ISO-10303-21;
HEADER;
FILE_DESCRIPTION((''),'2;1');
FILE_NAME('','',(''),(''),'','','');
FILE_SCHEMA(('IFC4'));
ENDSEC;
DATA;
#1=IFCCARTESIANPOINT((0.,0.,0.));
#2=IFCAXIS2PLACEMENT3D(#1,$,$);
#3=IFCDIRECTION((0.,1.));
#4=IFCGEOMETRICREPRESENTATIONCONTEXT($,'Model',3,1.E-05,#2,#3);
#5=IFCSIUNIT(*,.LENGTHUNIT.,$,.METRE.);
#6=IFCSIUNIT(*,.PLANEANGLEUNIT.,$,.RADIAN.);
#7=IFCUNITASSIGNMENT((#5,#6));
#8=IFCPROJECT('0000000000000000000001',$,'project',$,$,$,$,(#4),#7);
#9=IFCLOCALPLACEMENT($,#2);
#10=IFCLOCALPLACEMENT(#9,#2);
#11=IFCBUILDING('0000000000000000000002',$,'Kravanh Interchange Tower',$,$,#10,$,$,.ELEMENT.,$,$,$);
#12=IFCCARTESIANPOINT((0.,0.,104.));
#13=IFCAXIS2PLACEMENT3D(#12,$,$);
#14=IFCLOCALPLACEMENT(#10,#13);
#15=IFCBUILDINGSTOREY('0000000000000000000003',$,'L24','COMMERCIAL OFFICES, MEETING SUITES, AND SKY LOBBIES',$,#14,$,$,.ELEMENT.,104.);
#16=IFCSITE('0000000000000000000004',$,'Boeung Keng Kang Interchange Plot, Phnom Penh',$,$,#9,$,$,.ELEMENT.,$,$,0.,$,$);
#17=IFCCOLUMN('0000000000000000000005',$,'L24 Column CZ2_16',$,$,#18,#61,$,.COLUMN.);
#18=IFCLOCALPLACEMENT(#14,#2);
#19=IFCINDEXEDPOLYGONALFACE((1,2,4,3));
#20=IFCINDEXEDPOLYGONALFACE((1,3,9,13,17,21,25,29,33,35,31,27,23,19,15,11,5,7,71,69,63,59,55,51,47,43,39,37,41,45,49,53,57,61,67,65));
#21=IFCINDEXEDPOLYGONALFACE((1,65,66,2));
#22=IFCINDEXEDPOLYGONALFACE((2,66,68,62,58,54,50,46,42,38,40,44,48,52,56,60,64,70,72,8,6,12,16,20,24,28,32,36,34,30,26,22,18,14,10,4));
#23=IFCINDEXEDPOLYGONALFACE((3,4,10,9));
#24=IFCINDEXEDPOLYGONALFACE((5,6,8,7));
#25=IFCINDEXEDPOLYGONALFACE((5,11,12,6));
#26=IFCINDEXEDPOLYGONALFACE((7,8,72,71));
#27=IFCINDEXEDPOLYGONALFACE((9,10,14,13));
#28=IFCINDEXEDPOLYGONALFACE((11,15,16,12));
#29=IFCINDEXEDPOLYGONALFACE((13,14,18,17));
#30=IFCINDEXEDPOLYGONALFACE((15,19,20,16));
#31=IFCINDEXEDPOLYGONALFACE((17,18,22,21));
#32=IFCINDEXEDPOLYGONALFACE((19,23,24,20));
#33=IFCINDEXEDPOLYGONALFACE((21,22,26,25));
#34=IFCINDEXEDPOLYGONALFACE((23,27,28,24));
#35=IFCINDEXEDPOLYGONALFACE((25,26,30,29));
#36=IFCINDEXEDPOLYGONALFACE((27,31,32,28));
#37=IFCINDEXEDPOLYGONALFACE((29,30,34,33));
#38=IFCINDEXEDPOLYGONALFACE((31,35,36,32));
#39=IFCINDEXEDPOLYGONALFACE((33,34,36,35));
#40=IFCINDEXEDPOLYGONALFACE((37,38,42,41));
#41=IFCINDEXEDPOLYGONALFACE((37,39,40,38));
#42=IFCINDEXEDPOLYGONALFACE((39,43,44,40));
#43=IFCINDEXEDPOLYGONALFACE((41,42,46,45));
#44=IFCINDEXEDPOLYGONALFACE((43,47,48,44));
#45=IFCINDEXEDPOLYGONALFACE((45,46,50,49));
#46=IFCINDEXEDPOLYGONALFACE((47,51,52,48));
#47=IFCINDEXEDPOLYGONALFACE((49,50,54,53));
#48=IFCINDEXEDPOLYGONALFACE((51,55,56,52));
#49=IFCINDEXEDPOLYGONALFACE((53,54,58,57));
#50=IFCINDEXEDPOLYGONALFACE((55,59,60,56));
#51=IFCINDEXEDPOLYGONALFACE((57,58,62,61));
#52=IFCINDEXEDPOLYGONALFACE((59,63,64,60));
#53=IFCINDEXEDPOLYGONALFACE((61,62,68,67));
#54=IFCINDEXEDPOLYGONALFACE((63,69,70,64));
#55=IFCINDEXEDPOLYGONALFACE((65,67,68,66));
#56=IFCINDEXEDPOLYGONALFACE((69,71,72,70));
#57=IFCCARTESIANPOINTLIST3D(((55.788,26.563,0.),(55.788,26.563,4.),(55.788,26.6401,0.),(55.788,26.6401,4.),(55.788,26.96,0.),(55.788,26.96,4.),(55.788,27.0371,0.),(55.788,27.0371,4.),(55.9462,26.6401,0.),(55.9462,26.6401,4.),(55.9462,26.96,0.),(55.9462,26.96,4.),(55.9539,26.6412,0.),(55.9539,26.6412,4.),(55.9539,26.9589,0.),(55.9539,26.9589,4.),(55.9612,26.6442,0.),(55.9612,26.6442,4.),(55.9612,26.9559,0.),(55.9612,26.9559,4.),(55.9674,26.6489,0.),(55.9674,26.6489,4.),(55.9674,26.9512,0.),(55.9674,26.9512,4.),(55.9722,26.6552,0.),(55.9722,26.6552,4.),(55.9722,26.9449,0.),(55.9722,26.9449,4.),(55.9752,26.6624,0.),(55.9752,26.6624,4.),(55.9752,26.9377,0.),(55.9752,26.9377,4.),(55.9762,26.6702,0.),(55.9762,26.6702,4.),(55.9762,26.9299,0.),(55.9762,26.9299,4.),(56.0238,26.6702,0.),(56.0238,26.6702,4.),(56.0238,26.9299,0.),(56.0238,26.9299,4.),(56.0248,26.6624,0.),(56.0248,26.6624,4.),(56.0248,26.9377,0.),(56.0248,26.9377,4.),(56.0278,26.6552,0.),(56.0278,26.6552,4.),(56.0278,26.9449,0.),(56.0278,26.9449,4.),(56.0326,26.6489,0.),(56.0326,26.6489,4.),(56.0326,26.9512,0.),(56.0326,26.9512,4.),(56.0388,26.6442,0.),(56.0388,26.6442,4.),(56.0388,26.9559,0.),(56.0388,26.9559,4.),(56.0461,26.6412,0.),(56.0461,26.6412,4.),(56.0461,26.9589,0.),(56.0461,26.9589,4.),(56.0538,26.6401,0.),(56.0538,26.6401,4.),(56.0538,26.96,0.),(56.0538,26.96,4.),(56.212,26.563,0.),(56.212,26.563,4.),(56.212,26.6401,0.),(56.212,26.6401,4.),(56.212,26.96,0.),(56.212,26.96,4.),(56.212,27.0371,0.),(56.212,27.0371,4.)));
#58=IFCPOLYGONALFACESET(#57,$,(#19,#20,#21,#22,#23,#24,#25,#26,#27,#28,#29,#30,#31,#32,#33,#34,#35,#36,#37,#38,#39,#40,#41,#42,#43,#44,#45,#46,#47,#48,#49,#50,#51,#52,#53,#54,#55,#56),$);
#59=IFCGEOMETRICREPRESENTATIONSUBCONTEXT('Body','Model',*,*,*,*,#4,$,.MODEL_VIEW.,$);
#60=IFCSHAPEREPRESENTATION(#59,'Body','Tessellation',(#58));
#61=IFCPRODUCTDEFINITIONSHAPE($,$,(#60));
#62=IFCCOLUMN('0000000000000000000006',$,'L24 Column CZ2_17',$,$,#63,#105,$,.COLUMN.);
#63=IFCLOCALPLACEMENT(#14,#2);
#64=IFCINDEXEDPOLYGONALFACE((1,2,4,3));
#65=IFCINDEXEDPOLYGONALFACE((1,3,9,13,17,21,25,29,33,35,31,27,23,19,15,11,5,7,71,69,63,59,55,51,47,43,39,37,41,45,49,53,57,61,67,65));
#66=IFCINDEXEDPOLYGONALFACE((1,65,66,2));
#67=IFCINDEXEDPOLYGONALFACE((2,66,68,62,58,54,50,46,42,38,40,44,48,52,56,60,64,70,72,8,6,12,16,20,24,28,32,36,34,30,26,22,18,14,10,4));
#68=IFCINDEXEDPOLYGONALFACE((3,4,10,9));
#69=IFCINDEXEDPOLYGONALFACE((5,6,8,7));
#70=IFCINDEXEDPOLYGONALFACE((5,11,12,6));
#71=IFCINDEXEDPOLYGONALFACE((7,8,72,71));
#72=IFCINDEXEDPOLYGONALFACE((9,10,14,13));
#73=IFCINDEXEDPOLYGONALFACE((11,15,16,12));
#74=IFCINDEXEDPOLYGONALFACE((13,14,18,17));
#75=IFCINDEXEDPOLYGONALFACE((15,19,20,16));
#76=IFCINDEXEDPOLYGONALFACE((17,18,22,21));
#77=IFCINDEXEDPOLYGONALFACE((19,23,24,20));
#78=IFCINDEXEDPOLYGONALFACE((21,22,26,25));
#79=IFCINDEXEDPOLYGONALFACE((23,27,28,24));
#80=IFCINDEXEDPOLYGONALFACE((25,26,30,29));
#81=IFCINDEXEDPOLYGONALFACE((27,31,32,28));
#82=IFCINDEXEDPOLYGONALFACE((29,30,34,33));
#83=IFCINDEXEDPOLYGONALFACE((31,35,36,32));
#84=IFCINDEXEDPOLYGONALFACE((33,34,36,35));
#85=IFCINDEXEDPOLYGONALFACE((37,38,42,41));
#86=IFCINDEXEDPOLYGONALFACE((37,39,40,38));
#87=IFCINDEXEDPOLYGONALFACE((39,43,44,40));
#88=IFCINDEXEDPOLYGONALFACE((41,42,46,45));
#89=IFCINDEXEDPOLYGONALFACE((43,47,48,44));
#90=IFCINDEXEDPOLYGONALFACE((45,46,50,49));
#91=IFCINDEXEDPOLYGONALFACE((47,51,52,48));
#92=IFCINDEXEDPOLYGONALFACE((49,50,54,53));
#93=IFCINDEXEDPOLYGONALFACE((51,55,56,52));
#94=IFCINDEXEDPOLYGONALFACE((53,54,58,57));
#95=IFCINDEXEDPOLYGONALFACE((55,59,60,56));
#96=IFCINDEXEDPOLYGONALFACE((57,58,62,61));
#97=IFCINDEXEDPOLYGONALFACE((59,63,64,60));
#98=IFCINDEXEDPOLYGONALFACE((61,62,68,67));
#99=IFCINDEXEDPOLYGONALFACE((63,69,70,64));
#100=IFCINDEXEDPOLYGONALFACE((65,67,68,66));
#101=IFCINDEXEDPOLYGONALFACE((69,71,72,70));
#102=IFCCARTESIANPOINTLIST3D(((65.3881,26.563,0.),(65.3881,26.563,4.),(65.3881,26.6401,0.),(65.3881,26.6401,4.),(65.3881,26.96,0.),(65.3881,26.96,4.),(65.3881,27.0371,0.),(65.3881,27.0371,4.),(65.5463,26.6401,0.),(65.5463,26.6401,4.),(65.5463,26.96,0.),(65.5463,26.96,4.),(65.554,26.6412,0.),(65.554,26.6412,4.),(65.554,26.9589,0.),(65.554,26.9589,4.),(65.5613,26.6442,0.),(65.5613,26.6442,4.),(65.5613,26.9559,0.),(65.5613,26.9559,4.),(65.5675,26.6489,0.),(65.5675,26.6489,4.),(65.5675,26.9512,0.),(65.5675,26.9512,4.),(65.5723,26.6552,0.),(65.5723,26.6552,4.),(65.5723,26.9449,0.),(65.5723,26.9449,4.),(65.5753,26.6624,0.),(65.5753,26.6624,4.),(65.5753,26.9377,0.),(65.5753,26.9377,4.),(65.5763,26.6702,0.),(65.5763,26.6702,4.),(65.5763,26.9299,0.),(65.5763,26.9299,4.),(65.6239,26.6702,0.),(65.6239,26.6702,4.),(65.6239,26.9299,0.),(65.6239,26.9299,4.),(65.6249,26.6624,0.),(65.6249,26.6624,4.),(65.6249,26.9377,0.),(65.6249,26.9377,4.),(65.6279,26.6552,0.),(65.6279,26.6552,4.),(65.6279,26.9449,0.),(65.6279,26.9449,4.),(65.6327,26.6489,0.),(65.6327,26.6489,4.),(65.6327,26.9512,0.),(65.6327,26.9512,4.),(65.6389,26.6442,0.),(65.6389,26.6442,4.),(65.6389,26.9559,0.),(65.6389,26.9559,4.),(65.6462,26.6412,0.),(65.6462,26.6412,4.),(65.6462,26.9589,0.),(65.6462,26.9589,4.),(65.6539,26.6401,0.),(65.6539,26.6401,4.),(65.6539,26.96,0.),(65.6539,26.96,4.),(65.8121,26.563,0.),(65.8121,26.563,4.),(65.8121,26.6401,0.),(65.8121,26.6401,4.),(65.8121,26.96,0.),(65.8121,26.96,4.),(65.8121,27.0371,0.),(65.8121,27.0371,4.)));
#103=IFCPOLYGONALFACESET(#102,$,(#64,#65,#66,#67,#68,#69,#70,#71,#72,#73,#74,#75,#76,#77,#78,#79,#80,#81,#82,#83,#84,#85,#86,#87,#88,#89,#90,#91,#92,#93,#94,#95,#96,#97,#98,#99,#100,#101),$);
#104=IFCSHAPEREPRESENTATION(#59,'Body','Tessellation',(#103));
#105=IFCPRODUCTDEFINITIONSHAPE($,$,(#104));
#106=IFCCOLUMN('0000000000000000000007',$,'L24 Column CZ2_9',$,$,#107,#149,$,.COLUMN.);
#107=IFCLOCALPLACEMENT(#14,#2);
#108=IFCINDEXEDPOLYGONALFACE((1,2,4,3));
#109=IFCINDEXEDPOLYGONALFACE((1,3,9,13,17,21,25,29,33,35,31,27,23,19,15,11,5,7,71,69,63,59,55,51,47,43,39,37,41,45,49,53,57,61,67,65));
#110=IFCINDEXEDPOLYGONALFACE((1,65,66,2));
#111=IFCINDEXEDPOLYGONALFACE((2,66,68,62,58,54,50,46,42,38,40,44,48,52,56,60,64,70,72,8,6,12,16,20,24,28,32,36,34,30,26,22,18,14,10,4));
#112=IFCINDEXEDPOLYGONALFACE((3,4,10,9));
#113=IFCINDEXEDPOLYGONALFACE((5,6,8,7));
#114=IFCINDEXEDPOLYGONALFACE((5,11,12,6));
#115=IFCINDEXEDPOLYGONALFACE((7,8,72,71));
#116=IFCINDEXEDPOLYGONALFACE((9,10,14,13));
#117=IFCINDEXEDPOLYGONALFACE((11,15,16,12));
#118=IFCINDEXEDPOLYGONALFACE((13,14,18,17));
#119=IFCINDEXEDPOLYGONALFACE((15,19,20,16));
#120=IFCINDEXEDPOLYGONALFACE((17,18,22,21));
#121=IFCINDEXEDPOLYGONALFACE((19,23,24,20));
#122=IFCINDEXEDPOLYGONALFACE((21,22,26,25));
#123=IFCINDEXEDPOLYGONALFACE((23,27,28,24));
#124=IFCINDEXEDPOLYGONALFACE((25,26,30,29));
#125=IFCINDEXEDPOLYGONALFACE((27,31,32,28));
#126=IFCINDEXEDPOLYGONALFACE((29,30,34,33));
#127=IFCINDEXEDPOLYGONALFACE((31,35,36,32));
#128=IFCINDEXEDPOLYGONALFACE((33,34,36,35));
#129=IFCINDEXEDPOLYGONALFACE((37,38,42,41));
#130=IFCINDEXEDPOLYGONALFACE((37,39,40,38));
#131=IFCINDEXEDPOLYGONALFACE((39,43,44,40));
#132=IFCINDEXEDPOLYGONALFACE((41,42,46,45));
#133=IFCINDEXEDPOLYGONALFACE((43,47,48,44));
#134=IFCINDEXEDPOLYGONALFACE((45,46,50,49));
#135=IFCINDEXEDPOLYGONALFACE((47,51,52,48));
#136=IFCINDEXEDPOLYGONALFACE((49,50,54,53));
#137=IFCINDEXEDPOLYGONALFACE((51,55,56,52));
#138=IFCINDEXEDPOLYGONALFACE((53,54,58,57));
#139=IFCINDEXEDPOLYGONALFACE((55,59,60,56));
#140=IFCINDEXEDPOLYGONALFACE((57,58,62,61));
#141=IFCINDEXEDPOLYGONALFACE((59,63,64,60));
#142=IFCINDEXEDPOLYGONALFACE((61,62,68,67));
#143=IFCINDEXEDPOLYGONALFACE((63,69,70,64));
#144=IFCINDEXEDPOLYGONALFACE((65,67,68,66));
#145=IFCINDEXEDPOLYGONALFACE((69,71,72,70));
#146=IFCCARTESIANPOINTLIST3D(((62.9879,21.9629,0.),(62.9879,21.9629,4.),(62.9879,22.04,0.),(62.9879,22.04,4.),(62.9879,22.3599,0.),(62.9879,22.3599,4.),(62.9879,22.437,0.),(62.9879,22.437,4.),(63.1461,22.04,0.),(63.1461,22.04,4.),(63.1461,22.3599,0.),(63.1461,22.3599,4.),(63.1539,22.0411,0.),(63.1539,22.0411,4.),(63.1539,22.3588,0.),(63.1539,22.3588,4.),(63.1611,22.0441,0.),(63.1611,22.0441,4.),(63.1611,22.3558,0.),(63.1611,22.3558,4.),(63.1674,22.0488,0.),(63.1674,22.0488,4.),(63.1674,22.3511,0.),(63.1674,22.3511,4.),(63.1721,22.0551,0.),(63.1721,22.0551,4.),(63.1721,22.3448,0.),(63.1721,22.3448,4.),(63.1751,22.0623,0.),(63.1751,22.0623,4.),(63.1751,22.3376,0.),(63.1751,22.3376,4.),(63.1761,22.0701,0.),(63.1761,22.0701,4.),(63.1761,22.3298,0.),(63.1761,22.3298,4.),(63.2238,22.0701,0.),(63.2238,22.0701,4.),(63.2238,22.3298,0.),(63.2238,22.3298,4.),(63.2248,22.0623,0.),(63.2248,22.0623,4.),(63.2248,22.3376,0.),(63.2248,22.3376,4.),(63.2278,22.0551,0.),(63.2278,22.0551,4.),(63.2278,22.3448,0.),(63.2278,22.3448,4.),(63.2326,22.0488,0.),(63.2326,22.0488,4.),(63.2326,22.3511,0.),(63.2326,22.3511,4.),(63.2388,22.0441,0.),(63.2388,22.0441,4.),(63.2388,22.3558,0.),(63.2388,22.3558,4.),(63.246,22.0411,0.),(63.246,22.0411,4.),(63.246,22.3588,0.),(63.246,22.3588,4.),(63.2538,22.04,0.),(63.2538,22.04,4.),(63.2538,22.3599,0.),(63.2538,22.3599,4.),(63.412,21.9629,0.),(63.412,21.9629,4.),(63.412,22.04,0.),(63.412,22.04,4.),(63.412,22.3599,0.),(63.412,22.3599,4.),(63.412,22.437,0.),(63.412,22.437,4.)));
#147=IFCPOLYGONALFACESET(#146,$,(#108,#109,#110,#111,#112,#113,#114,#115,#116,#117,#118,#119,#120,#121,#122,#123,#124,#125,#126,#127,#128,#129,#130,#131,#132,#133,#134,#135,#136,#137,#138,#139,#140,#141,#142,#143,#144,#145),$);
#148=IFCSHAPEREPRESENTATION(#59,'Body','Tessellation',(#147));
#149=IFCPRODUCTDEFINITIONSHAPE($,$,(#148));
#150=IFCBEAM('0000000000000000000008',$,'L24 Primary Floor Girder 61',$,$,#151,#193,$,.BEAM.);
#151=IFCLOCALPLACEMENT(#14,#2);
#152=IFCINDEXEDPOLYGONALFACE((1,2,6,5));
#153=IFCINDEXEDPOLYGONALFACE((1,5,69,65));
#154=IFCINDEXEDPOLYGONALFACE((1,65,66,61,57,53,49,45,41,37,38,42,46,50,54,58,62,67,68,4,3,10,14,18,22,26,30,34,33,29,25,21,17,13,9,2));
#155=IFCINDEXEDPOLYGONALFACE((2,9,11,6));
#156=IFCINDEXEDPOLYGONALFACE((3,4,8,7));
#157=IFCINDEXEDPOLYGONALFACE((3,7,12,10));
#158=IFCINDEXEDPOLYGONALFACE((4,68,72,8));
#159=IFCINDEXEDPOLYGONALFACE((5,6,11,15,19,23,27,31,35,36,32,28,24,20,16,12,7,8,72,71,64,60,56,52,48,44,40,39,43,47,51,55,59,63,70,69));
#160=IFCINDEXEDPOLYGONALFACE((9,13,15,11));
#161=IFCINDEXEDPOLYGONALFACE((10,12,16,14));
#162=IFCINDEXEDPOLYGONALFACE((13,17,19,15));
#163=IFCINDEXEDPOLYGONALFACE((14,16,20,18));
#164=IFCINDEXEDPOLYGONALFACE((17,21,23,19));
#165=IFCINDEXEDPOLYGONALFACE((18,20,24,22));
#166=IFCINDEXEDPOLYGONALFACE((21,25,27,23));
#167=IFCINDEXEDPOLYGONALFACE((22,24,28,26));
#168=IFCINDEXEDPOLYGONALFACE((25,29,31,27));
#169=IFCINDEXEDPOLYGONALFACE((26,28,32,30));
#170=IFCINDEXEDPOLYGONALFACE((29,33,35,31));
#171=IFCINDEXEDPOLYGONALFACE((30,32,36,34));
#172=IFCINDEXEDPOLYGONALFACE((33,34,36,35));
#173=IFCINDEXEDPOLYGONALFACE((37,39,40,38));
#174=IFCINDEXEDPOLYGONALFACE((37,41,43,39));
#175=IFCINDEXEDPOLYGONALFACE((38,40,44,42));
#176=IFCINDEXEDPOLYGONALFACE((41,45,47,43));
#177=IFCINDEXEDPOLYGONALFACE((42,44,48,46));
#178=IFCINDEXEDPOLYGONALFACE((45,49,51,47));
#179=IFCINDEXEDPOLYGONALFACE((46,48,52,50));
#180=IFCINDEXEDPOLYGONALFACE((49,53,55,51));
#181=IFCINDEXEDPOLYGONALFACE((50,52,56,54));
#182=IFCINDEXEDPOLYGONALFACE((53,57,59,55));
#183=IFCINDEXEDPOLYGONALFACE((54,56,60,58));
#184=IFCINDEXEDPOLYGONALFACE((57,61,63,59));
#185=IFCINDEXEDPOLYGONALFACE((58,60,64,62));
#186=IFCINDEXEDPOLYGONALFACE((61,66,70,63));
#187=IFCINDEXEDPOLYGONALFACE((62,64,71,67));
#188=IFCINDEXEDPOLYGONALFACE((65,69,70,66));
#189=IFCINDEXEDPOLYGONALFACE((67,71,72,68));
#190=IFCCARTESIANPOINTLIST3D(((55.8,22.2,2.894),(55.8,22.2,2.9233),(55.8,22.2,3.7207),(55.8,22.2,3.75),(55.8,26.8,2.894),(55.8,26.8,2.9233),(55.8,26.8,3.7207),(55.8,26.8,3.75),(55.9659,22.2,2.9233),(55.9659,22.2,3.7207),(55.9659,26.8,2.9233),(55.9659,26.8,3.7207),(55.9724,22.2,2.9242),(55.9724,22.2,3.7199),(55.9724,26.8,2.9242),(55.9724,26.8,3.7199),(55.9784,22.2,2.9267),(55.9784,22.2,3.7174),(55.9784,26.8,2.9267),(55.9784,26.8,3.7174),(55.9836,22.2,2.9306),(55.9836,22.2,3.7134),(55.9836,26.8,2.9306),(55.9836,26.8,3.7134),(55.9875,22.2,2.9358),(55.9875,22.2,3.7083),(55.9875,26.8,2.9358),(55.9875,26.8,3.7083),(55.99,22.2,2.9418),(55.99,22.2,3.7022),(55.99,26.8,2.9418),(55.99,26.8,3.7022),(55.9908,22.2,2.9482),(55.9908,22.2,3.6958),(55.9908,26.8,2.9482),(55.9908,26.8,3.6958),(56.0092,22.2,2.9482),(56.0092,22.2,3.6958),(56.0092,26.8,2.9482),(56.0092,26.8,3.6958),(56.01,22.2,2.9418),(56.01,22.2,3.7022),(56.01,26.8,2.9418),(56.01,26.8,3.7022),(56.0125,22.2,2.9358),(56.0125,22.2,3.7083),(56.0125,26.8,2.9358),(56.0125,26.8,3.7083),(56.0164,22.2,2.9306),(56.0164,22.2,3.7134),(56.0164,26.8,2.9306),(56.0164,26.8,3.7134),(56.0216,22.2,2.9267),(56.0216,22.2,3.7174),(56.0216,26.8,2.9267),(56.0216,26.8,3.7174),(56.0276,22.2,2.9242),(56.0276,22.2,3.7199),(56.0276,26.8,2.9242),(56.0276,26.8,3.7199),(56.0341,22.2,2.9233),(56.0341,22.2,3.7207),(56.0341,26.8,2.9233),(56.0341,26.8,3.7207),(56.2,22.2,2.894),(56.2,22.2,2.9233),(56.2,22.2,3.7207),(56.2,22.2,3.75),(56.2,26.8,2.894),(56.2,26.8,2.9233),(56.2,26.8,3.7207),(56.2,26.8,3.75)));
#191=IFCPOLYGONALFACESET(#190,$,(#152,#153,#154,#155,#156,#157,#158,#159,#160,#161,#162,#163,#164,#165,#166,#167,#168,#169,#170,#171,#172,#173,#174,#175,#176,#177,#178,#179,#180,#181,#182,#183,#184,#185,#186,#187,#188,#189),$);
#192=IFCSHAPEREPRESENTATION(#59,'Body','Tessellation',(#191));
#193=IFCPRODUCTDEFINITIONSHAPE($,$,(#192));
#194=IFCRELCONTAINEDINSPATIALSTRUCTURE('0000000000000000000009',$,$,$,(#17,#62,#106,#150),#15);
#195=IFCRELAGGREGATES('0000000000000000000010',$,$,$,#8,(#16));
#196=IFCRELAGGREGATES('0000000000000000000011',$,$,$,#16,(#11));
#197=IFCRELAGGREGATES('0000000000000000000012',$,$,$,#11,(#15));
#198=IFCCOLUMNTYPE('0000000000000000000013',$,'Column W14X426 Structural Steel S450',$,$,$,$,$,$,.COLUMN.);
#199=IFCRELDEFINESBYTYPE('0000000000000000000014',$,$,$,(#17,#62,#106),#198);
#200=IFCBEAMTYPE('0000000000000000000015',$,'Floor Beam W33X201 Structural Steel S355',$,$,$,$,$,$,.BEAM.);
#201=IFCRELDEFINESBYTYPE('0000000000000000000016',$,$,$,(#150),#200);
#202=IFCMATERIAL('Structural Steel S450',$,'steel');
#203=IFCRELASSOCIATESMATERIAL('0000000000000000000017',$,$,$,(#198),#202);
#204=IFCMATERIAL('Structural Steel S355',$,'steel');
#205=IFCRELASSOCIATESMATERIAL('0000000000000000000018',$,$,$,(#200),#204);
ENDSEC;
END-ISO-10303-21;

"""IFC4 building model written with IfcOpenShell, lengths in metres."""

from ifc_helpers import new_model, si_unit, direction, frame, origin, origin_2d, place, context, subcontext, project, spatial, i_section, extrude, material, material_profile, profile_set, type_object, element, save


model = new_model("IFC4")

# Units and contexts
model_context = context("Model", 3, precision=1e-05, world=origin(), true_north=direction((0.0, 1.0)))
body_context = subcontext(model_context, "Body", "Model", "MODEL_VIEW")
ifc_project = project(units=[si_unit("LENGTHUNIT", "METRE"), si_unit("PLANEANGLEUNIT", "RADIAN")], contexts=[model_context])

# Site, building, storey
site_placement = place(None, origin())
site = spatial("IfcSite", under=ifc_project, at=site_placement, Name="Boeung Keng Kang Interchange Plot, Phnom Penh", CompositionType="ELEMENT", RefElevation=0.0)
building_placement = place(site_placement, origin())
building = spatial("IfcBuilding", under=site, at=building_placement, Name="Kravanh Interchange Tower", CompositionType="ELEMENT")
storey_placement = place(building_placement, frame((0.0, 0.0, 104.0)))
storey = spatial("IfcBuildingStorey", under=building, at=storey_placement, Name="L24", Description="COMMERCIAL OFFICES, MEETING SUITES, AND SKY LOBBIES", CompositionType="ELEMENT", Elevation=104.0)

# Columns
ifc_material_1 = material(Name="Structural Steel S450", Category="steel")
ifc_material_profile_1 = material_profile(ifc_material_1, i_section(OverallWidth=0.4241, OverallDepth=0.4741, WebThickness=0.0476, FlangeThickness=0.0771, FilletRadius=0.03, at=origin_2d()), Name="W14X426")
ifc_profile_set_1 = profile_set([ifc_material_profile_1], Name="Structural Steel S450")
column_type = type_object("IfcColumnType", Name="Column W14X426 Structural Steel S450", PredefinedType="COLUMN", material=ifc_profile_set_1)
for number, where, z_axis, x_axis, name in (
    (1, (56.0, 26.8, 0.0), (0.0, 0.0, 1.0), (1.0, 0.0, 0.0), "L24 Column CZ2_16"),
    (2, (65.6001, 26.8, 0.0), (0.0, 0.0, 1.0), (1.0, 0.0, 0.0), "L24 Column CZ2_17"),
    (3, (63.2, 22.2, 0.0), (0.0, 0.0, 1.0), (1.0, 0.0, 0.0), "L24 Column CZ2_9"),
):
    element("IfcColumn", number, at=place(storey_placement, frame(where, z_axis=z_axis, x_axis=x_axis)), inside=storey, type_object=column_type, Name=name, PredefinedType="COLUMN", context=body_context, shape_type="SweptSolid", body=[
        extrude(i_section(OverallWidth=0.4241, OverallDepth=0.4741, WebThickness=0.0476, FlangeThickness=0.0771, FilletRadius=0.03, at=origin_2d()), origin(), (0.0, 0.0, 1.0), 4.0),
    ])

# Beam
ifc_material_2 = material(Name="Structural Steel S355", Category="steel")
ifc_material_profile_2 = material_profile(ifc_material_2, i_section(OverallWidth=0.3999, OverallDepth=0.856, WebThickness=0.0183, FlangeThickness=0.0293, FilletRadius=0.0249, at=origin_2d()), Name="W33X201")
ifc_profile_set_2 = profile_set([ifc_material_profile_2], Name="Structural Steel S355")
beam_type_1 = type_object("IfcBeamType", Name="Floor Beam W33X201 Structural Steel S355", PredefinedType="BEAM", material=ifc_profile_set_2)
beam_1_placement = place(storey_placement, frame((56.0, 26.8, 3.322), z_axis=(0.0, -1.0, 0.0), x_axis=(1.0, 0.0, 0.0)))
element("IfcBeam", 4, at=beam_1_placement, inside=storey, type_object=beam_type_1, Name="L24 Primary Floor Girder 61", PredefinedType="BEAM", context=body_context, shape_type="SweptSolid", body=[
    extrude(i_section(OverallWidth=0.3999, OverallDepth=0.856, WebThickness=0.0183, FlangeThickness=0.0293, FilletRadius=0.0249, at=origin_2d()), origin(), (0.0, 0.0, 1.0), 4.6001),
])

save(model, "model.ifc")
